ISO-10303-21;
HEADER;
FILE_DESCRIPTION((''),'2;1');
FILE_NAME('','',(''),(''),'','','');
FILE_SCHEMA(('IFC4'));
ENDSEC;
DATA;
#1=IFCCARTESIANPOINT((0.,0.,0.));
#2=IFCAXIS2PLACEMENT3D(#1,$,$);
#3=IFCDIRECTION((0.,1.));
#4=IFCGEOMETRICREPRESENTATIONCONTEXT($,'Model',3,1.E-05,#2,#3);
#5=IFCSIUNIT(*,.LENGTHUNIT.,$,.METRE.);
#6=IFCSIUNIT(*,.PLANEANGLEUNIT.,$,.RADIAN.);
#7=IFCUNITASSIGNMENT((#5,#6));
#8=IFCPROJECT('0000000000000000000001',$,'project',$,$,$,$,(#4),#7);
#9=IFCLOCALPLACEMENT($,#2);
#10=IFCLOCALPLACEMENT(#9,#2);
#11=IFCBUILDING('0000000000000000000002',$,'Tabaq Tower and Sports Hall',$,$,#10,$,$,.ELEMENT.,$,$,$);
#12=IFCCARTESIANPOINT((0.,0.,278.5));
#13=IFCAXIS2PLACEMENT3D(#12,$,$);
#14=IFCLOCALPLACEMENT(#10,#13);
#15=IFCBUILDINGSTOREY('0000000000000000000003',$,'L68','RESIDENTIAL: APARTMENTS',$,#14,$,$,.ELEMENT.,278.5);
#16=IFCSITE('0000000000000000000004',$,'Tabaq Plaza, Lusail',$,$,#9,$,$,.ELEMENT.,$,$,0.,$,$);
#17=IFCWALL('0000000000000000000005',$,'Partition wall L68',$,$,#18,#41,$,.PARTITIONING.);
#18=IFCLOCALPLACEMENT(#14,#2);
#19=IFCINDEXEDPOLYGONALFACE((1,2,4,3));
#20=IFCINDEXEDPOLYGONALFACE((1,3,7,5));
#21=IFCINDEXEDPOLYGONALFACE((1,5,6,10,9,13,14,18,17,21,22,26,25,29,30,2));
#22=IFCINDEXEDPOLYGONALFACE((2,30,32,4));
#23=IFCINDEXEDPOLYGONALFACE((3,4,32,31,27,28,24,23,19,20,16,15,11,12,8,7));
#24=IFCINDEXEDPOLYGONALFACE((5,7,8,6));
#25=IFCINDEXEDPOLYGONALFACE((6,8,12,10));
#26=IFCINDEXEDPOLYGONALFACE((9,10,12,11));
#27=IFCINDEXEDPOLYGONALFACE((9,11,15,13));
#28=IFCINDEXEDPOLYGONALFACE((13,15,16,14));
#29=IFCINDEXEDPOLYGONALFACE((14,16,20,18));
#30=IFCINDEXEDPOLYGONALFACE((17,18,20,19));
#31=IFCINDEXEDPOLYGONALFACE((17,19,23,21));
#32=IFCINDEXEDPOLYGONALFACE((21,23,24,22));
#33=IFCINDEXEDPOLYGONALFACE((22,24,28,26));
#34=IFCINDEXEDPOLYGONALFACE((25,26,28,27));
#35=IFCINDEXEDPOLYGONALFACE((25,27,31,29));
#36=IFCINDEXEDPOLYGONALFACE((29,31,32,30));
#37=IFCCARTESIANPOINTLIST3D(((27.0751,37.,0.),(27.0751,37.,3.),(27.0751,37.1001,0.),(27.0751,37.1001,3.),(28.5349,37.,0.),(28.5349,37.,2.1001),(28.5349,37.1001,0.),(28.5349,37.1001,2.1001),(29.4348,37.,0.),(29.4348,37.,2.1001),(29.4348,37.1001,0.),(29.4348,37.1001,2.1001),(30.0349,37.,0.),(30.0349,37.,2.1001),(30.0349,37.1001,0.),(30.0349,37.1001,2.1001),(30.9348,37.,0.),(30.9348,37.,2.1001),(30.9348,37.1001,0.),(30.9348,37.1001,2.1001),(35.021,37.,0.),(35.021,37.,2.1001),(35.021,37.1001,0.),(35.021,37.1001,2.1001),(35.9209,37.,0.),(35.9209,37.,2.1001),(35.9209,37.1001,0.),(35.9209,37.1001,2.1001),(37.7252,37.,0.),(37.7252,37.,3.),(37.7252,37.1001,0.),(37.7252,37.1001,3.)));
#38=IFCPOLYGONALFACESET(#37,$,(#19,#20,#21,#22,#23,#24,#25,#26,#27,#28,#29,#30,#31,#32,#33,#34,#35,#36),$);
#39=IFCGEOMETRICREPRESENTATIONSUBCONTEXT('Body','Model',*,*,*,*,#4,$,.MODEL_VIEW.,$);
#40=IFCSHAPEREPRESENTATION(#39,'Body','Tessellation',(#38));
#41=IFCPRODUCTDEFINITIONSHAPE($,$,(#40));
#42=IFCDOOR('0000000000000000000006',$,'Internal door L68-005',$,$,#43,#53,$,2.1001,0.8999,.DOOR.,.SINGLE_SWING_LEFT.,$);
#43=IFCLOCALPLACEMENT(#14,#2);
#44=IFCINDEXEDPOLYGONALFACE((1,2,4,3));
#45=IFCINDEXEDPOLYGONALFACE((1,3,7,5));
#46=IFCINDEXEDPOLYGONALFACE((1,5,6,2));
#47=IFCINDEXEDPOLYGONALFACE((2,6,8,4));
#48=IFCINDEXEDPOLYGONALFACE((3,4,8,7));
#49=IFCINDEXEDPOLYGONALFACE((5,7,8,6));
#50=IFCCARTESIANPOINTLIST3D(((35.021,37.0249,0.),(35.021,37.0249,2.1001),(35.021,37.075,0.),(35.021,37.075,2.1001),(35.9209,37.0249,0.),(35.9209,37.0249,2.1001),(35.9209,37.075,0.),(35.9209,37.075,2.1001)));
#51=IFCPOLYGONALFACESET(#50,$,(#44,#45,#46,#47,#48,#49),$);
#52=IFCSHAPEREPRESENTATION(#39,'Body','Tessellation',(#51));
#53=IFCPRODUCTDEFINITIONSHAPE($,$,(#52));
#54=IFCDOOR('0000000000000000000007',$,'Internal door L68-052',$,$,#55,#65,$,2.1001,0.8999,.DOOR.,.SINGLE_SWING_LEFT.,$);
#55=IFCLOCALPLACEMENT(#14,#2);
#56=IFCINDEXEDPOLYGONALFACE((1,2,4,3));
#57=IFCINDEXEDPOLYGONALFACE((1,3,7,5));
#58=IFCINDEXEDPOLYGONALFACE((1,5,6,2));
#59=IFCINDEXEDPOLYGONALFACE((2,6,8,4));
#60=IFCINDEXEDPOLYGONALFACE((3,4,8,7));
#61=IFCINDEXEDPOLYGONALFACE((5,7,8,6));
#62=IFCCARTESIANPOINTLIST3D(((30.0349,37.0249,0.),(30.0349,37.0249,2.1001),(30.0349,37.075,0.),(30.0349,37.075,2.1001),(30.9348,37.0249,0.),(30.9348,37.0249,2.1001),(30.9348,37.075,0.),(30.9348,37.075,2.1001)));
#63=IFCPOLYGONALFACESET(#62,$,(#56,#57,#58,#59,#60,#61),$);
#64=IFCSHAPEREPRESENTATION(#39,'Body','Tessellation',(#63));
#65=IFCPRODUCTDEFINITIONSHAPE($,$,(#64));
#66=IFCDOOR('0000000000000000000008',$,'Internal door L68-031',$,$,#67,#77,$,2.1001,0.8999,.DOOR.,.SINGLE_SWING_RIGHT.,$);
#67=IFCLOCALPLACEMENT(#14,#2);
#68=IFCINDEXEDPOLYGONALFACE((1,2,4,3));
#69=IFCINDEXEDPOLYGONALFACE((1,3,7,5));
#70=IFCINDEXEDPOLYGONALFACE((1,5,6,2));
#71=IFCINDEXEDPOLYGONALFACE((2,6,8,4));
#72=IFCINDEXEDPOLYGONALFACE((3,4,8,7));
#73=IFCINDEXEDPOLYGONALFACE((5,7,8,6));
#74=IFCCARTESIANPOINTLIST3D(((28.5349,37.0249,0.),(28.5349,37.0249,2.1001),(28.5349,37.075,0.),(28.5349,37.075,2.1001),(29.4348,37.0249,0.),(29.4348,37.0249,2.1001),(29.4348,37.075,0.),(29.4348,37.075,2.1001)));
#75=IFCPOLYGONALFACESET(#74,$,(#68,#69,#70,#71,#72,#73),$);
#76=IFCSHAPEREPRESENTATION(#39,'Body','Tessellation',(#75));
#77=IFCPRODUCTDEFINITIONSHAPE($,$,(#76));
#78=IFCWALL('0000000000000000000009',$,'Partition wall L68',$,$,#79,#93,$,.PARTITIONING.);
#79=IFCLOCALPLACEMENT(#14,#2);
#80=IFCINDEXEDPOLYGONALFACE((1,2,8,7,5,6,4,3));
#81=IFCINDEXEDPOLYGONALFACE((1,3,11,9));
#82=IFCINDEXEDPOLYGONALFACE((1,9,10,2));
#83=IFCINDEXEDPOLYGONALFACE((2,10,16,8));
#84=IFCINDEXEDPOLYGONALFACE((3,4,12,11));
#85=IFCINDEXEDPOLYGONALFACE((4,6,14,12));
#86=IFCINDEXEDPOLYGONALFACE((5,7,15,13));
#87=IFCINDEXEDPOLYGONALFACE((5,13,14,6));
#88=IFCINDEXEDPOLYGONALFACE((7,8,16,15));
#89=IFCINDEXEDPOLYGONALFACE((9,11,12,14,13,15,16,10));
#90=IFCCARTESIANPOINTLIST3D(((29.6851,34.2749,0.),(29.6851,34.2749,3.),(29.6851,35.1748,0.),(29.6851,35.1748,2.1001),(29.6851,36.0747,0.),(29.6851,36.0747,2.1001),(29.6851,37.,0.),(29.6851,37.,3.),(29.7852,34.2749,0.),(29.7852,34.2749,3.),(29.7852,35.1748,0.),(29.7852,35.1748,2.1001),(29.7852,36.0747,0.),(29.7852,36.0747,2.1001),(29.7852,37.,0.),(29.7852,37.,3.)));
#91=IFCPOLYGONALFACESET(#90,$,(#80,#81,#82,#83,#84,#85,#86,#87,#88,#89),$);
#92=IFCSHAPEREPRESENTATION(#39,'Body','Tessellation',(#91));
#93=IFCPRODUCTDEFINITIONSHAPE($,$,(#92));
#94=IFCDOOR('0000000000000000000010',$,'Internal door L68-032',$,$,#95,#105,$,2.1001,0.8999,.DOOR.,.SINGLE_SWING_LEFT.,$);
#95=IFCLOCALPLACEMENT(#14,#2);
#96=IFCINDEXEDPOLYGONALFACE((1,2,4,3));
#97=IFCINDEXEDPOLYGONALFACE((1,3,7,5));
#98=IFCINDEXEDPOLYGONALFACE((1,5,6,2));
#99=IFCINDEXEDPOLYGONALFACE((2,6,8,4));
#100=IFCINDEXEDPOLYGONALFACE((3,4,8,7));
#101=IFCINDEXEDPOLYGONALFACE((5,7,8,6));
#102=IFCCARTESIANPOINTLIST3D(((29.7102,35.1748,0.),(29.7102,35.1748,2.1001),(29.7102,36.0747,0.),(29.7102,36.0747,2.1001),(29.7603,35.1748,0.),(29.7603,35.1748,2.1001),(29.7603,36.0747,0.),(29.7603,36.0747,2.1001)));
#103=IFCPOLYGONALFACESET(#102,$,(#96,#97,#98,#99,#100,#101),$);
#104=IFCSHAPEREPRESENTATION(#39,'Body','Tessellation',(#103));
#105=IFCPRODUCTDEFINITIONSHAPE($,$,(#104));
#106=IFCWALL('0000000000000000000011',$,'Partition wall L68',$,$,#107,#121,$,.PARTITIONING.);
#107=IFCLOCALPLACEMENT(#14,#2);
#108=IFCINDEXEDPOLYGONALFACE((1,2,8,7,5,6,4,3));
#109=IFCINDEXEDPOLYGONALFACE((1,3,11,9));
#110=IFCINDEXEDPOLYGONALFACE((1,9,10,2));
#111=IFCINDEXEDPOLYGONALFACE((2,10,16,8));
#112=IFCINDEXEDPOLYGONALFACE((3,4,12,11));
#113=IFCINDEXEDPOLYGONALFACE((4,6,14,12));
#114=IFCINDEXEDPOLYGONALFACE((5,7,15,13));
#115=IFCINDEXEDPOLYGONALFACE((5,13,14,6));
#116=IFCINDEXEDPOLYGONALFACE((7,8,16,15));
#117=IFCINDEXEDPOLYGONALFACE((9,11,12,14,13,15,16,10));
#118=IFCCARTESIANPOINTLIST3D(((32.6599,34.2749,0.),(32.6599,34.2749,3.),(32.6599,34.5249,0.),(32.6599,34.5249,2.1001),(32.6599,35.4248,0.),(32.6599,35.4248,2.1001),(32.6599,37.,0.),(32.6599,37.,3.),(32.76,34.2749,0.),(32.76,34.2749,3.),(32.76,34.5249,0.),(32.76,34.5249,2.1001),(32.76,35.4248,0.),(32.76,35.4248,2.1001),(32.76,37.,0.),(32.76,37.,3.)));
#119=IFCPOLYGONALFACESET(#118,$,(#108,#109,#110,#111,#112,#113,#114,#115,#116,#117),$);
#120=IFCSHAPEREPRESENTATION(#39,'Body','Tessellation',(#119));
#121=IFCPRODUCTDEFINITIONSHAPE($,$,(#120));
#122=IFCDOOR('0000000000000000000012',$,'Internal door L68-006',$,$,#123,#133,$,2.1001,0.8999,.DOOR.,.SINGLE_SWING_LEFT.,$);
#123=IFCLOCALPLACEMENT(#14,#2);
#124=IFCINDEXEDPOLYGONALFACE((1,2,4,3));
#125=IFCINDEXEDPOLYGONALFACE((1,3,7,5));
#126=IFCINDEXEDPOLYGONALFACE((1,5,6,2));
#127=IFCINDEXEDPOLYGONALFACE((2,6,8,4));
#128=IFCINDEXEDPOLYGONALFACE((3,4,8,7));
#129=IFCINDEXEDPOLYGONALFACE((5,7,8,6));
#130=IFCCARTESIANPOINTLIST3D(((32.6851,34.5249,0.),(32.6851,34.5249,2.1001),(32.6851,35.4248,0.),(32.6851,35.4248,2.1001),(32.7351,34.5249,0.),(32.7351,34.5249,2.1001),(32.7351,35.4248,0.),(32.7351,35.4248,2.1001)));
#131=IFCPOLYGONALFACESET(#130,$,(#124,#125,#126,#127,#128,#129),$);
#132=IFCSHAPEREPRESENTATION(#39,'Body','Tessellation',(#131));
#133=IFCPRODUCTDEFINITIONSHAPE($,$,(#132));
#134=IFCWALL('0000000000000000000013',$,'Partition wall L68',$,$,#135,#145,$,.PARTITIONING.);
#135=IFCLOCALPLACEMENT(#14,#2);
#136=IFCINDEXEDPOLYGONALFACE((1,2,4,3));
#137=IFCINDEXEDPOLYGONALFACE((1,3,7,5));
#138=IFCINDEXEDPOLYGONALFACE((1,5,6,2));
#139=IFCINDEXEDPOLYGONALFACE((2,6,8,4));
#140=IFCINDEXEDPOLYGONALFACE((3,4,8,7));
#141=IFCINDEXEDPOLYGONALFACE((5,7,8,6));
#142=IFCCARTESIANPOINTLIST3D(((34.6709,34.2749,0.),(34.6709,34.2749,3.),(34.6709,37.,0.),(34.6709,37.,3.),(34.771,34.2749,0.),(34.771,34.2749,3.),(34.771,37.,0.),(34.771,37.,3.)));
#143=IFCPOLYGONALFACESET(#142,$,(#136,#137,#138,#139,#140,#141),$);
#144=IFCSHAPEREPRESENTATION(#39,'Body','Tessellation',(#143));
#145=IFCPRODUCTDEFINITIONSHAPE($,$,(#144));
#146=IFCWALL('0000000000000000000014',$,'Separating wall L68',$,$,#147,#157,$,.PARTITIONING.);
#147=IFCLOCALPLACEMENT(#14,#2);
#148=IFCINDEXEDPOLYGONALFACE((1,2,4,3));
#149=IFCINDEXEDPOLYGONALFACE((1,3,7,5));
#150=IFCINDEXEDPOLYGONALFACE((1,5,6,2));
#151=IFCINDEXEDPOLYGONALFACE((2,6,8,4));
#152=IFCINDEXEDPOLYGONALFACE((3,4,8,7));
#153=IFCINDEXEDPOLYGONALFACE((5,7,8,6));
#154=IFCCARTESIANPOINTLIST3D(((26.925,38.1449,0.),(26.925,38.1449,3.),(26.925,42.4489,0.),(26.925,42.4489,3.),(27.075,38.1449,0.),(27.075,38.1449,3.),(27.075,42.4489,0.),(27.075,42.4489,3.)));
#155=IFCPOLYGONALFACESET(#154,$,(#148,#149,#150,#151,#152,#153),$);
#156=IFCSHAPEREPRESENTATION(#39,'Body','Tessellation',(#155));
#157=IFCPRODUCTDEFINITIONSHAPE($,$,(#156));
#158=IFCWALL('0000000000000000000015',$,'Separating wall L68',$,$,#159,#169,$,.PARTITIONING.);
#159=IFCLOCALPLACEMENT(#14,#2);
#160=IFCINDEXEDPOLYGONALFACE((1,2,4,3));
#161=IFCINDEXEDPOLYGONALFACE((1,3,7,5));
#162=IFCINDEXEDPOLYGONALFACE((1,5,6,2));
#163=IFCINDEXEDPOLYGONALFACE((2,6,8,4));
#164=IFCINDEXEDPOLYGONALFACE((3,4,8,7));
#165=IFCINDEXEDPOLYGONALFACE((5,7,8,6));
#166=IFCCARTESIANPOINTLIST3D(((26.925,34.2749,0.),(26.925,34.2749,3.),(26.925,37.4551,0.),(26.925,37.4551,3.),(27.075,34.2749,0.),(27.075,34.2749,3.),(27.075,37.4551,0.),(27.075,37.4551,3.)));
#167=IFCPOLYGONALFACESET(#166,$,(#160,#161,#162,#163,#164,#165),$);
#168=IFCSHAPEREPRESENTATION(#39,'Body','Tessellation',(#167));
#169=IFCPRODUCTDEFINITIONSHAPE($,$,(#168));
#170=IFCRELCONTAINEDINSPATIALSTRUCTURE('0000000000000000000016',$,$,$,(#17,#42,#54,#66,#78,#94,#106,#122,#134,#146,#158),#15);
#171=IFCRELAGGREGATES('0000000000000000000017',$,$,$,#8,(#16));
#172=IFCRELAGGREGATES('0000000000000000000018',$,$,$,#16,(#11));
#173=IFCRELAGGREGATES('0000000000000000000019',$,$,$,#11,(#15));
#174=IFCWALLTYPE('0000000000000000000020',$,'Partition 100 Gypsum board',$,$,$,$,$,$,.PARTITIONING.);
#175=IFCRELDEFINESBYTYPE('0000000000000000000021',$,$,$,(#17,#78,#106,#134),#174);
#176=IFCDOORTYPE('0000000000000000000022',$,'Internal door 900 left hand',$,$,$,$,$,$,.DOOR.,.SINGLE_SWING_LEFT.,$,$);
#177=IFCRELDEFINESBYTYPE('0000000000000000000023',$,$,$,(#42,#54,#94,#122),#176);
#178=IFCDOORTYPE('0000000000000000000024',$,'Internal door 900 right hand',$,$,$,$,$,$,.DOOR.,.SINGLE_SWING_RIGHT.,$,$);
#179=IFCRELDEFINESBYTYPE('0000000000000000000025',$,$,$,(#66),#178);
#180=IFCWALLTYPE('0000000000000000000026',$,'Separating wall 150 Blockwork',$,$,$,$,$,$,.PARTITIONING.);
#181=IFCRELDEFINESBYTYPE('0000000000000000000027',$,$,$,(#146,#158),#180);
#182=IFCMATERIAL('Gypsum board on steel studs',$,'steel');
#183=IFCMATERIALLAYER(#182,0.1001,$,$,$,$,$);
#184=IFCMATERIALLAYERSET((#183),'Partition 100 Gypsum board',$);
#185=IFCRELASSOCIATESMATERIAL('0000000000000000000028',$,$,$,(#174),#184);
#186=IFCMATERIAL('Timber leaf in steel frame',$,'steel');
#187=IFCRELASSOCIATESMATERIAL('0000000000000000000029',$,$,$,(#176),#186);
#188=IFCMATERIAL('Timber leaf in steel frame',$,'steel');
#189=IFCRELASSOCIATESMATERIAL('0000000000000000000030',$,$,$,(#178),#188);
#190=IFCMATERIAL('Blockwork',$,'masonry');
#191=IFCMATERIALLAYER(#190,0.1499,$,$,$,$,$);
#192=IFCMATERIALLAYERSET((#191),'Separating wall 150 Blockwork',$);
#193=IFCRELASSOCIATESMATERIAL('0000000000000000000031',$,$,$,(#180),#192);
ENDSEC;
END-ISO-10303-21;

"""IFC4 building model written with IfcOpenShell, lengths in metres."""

from ifc_helpers import new_model, si_unit, direction, frame, frame_2d, origin, place, context, subcontext, project, spatial, rectangle, extrude, material, layer, layer_set, type_object, element, fill, save


model = new_model("IFC4")

# Units and contexts
model_context = context("Model", 3, precision=1e-05, world=origin(), true_north=direction((0.0, 1.0)))
body_context = subcontext(model_context, "Body", "Model", "MODEL_VIEW")
ifc_project = project(units=[si_unit("LENGTHUNIT", "METRE"), si_unit("PLANEANGLEUNIT", "RADIAN")], contexts=[model_context])

# Site, building, storey
site_placement = place(None, origin())
site = spatial("IfcSite", under=ifc_project, at=site_placement, Name="Tabaq Plaza, Lusail", CompositionType="ELEMENT", RefElevation=0.0)
building_placement = place(site_placement, origin())
building = spatial("IfcBuilding", under=site, at=building_placement, Name="Tabaq Tower and Sports Hall", CompositionType="ELEMENT")
storey_placement = place(building_placement, frame((0.0, 0.0, 278.5)))
storey = spatial("IfcBuildingStorey", under=building, at=storey_placement, Name="L68", Description="RESIDENTIAL: APARTMENTS", CompositionType="ELEMENT", Elevation=278.5)

# Shared definitions
ifc_material_1 = material(Name="Gypsum board on steel studs", Category="steel")
ifc_layer_1 = layer(ifc_material_1, 0.1001)
ifc_layer_set_1 = layer_set([ifc_layer_1], Name="Partition 100 Gypsum board")
wall_type_1 = type_object("IfcWallType", Name="Partition 100 Gypsum board", PredefinedType="PARTITIONING", material=ifc_layer_set_1)

# Shared definitions
ifc_material_2 = material(Name="Timber leaf in steel frame", Category="steel")
door_type_1 = type_object("IfcDoorType", Name="Internal door 900 left hand", OperationType="SINGLE_SWING_LEFT", PredefinedType="DOOR", material=ifc_material_2)

# Wall, openings, doors
wall_1_placement = place(storey_placement, frame((27.075, 37.05, 0.0), z_axis=(0.0, 0.0, 1.0), x_axis=(1.0, 0.0, 0.0)))
wall_1 = element("IfcWall", 1, at=wall_1_placement, inside=storey, type_object=wall_type_1, Name="Partition wall L68", PredefinedType="PARTITIONING", context=body_context, shape_type="SweptSolid", body=[
    extrude(rectangle(XDim=10.6501, YDim=0.1001, at=frame_2d((5.3252, 0.0))), origin(), (0.0, 0.0, 1.0), 3.0),
])
opening_1_placement = place(wall_1_placement, frame((7.946, 0.0, 0.0)))
opening_1 = element("IfcOpeningElement", 2, at=opening_1_placement, cuts=wall_1, PredefinedType="OPENING", context=body_context, shape_type="SweptSolid", body=[
    extrude(rectangle(XDim=0.8999, YDim=2.1001, at=frame_2d((0.45, 1.05))), frame((0.0, 0.05, 0.0), z_axis=(0.0, -1.0, 0.0), x_axis=(1.0, 0.0, 0.0)), (0.0, 0.0, 1.0), 0.1001),
])
opening_2_placement = place(wall_1_placement, frame((1.46, 0.0, 0.0)))
opening_2 = element("IfcOpeningElement", 3, at=opening_2_placement, cuts=wall_1, PredefinedType="OPENING", context=body_context, shape_type="SweptSolid", body=[
    extrude(rectangle(XDim=0.8999, YDim=2.1001, at=frame_2d((0.45, 1.05))), frame((0.0, 0.05, 0.0), z_axis=(0.0, -1.0, 0.0), x_axis=(1.0, 0.0, 0.0)), (0.0, 0.0, 1.0), 0.1001),
])
opening_3_placement = place(wall_1_placement, frame((2.96, 0.0, 0.0)))
opening_3 = element("IfcOpeningElement", 4, at=opening_3_placement, cuts=wall_1, PredefinedType="OPENING", context=body_context, shape_type="SweptSolid", body=[
    extrude(rectangle(XDim=0.8999, YDim=2.1001, at=frame_2d((0.45, 1.05))), frame((0.0, 0.05, 0.0), z_axis=(0.0, -1.0, 0.0), x_axis=(1.0, 0.0, 0.0)), (0.0, 0.0, 1.0), 0.1001),
])
door_1_placement = place(opening_1_placement, origin())
door_1 = element("IfcDoor", 5, at=door_1_placement, inside=storey, type_object=door_type_1, Name="Internal door L68-005", OperationType="SINGLE_SWING_LEFT", OverallHeight=2.1001, OverallWidth=0.8999, PredefinedType="DOOR", context=body_context, shape_type="SweptSolid", body=[
    extrude(rectangle(XDim=0.8999, YDim=2.1001, at=frame_2d((0.45, 1.05))), frame((0.0, 0.0249, 0.0), z_axis=(0.0, -1.0, 0.0), x_axis=(1.0, 0.0, 0.0)), (0.0, 0.0, 1.0), 0.05),
])
fill(opening_1, door_1)
door_2_placement = place(opening_3_placement, origin())
door_2 = element("IfcDoor", 6, at=door_2_placement, inside=storey, type_object=door_type_1, Name="Internal door L68-052", OperationType="SINGLE_SWING_LEFT", OverallHeight=2.1001, OverallWidth=0.8999, PredefinedType="DOOR", context=body_context, shape_type="SweptSolid", body=[
    extrude(rectangle(XDim=0.8999, YDim=2.1001, at=frame_2d((0.45, 1.05))), frame((0.0, 0.0249, 0.0), z_axis=(0.0, -1.0, 0.0), x_axis=(1.0, 0.0, 0.0)), (0.0, 0.0, 1.0), 0.05),
])
fill(opening_3, door_2)
ifc_material_3 = material(Name="Timber leaf in steel frame", Category="steel")
door_type_2 = type_object("IfcDoorType", Name="Internal door 900 right hand", OperationType="SINGLE_SWING_RIGHT", PredefinedType="DOOR", material=ifc_material_3)
door_3_placement = place(opening_2_placement, origin())
door_3 = element("IfcDoor", 7, at=door_3_placement, inside=storey, type_object=door_type_2, Name="Internal door L68-031", OperationType="SINGLE_SWING_RIGHT", OverallHeight=2.1001, OverallWidth=0.8999, PredefinedType="DOOR", context=body_context, shape_type="SweptSolid", body=[
    extrude(rectangle(XDim=0.8999, YDim=2.1001, at=frame_2d((0.45, 1.05))), frame((0.0, 0.0249, 0.0), z_axis=(0.0, -1.0, 0.0), x_axis=(1.0, 0.0, 0.0)), (0.0, 0.0, 1.0), 0.05),
])
fill(opening_2, door_3)

# Walls, openings, doors
wall_2_placement = place(storey_placement, frame((29.7351, 34.2749, 0.0), z_axis=(0.0, 0.0, 1.0), x_axis=(0.0, 1.0, 0.0)))
wall_2 = element("IfcWall", 8, at=wall_2_placement, inside=storey, type_object=wall_type_1, Name="Partition wall L68", PredefinedType="PARTITIONING", context=body_context, shape_type="SweptSolid", body=[
    extrude(rectangle(XDim=2.7251, YDim=0.1001, at=frame_2d((1.3625, 0.0))), origin(), (0.0, 0.0, 1.0), 3.0),
])
opening_4_placement = place(wall_2_placement, frame((0.8999, 0.0, 0.0)))
opening_4 = element("IfcOpeningElement", 9, at=opening_4_placement, cuts=wall_2, PredefinedType="OPENING", context=body_context, shape_type="SweptSolid", body=[
    extrude(rectangle(XDim=0.8999, YDim=2.1001, at=frame_2d((0.45, 1.05))), frame((0.0, 0.05, 0.0), z_axis=(0.0, -1.0, 0.0), x_axis=(1.0, 0.0, 0.0)), (0.0, 0.0, 1.0), 0.1001),
])
door_4_placement = place(opening_4_placement, origin())
door_4 = element("IfcDoor", 10, at=door_4_placement, inside=storey, type_object=door_type_1, Name="Internal door L68-032", OperationType="SINGLE_SWING_LEFT", OverallHeight=2.1001, OverallWidth=0.8999, PredefinedType="DOOR", context=body_context, shape_type="SweptSolid", body=[
    extrude(rectangle(XDim=0.8999, YDim=2.1001, at=frame_2d((0.45, 1.05))), frame((0.0, 0.0249, 0.0), z_axis=(0.0, -1.0, 0.0), x_axis=(1.0, 0.0, 0.0)), (0.0, 0.0, 1.0), 0.05),
])
fill(opening_4, door_4)
wall_3_placement = place(storey_placement, frame((32.71, 34.2749, 0.0), z_axis=(0.0, 0.0, 1.0), x_axis=(0.0, 1.0, 0.0)))
wall_3 = element("IfcWall", 11, at=wall_3_placement, inside=storey, type_object=wall_type_1, Name="Partition wall L68", PredefinedType="PARTITIONING", context=body_context, shape_type="SweptSolid", body=[
    extrude(rectangle(XDim=2.7251, YDim=0.1001, at=frame_2d((1.3625, 0.0))), origin(), (0.0, 0.0, 1.0), 3.0),
])
opening_5_placement = place(wall_3_placement, frame((0.25, 0.0, 0.0)))
opening_5 = element("IfcOpeningElement", 12, at=opening_5_placement, cuts=wall_3, PredefinedType="OPENING", context=body_context, shape_type="SweptSolid", body=[
    extrude(rectangle(XDim=0.8999, YDim=2.1001, at=frame_2d((0.45, 1.05))), frame((0.0, 0.05, 0.0), z_axis=(0.0, -1.0, 0.0), x_axis=(1.0, 0.0, 0.0)), (0.0, 0.0, 1.0), 0.1001),
])
door_5_placement = place(opening_5_placement, origin())
door_5 = element("IfcDoor", 13, at=door_5_placement, inside=storey, type_object=door_type_1, Name="Internal door L68-006", OperationType="SINGLE_SWING_LEFT", OverallHeight=2.1001, OverallWidth=0.8999, PredefinedType="DOOR", context=body_context, shape_type="SweptSolid", body=[
    extrude(rectangle(XDim=0.8999, YDim=2.1001, at=frame_2d((0.45, 1.05))), frame((0.0, 0.0249, 0.0), z_axis=(0.0, -1.0, 0.0), x_axis=(1.0, 0.0, 0.0)), (0.0, 0.0, 1.0), 0.05),
])
fill(opening_5, door_5)

# Walls
wall_4_placement = place(storey_placement, frame((34.7209, 34.2749, 0.0), z_axis=(0.0, 0.0, 1.0), x_axis=(0.0, 1.0, 0.0)))
element("IfcWall", 14, at=wall_4_placement, inside=storey, type_object=wall_type_1, Name="Partition wall L68", PredefinedType="PARTITIONING", context=body_context, shape_type="SweptSolid", body=[
    extrude(rectangle(XDim=2.7251, YDim=0.1001, at=frame_2d((1.3625, 0.0))), origin(), (0.0, 0.0, 1.0), 3.0),
])
ifc_material_4 = material(Name="Blockwork", Category="masonry")
ifc_layer_2 = layer(ifc_material_4, 0.1499)
ifc_layer_set_2 = layer_set([ifc_layer_2], Name="Separating wall 150 Blockwork")
wall_type_2 = type_object("IfcWallType", Name="Separating wall 150 Blockwork", PredefinedType="PARTITIONING", material=ifc_layer_set_2)
wall_5_placement = place(storey_placement, frame((27.0, 38.145, 0.0), z_axis=(0.0, 0.0, 1.0), x_axis=(0.0, 1.0, 0.0)))
element("IfcWall", 15, at=wall_5_placement, inside=storey, type_object=wall_type_2, Name="Separating wall L68", PredefinedType="PARTITIONING", context=body_context, shape_type="SweptSolid", body=[
    extrude(rectangle(XDim=4.304, YDim=0.1499, at=frame_2d((2.1519, 0.0))), origin(), (0.0, 0.0, 1.0), 3.0),
])
wall_6_placement = place(storey_placement, frame((27.0, 34.2749, 0.0), z_axis=(0.0, 0.0, 1.0), x_axis=(0.0, 1.0, 0.0)))
element("IfcWall", 16, at=wall_6_placement, inside=storey, type_object=wall_type_2, Name="Separating wall L68", PredefinedType="PARTITIONING", context=body_context, shape_type="SweptSolid", body=[
    extrude(rectangle(XDim=3.1802, YDim=0.1499, at=frame_2d((1.5901, 0.0))), origin(), (0.0, 0.0, 1.0), 3.0),
])

save(model, "model.ifc")
